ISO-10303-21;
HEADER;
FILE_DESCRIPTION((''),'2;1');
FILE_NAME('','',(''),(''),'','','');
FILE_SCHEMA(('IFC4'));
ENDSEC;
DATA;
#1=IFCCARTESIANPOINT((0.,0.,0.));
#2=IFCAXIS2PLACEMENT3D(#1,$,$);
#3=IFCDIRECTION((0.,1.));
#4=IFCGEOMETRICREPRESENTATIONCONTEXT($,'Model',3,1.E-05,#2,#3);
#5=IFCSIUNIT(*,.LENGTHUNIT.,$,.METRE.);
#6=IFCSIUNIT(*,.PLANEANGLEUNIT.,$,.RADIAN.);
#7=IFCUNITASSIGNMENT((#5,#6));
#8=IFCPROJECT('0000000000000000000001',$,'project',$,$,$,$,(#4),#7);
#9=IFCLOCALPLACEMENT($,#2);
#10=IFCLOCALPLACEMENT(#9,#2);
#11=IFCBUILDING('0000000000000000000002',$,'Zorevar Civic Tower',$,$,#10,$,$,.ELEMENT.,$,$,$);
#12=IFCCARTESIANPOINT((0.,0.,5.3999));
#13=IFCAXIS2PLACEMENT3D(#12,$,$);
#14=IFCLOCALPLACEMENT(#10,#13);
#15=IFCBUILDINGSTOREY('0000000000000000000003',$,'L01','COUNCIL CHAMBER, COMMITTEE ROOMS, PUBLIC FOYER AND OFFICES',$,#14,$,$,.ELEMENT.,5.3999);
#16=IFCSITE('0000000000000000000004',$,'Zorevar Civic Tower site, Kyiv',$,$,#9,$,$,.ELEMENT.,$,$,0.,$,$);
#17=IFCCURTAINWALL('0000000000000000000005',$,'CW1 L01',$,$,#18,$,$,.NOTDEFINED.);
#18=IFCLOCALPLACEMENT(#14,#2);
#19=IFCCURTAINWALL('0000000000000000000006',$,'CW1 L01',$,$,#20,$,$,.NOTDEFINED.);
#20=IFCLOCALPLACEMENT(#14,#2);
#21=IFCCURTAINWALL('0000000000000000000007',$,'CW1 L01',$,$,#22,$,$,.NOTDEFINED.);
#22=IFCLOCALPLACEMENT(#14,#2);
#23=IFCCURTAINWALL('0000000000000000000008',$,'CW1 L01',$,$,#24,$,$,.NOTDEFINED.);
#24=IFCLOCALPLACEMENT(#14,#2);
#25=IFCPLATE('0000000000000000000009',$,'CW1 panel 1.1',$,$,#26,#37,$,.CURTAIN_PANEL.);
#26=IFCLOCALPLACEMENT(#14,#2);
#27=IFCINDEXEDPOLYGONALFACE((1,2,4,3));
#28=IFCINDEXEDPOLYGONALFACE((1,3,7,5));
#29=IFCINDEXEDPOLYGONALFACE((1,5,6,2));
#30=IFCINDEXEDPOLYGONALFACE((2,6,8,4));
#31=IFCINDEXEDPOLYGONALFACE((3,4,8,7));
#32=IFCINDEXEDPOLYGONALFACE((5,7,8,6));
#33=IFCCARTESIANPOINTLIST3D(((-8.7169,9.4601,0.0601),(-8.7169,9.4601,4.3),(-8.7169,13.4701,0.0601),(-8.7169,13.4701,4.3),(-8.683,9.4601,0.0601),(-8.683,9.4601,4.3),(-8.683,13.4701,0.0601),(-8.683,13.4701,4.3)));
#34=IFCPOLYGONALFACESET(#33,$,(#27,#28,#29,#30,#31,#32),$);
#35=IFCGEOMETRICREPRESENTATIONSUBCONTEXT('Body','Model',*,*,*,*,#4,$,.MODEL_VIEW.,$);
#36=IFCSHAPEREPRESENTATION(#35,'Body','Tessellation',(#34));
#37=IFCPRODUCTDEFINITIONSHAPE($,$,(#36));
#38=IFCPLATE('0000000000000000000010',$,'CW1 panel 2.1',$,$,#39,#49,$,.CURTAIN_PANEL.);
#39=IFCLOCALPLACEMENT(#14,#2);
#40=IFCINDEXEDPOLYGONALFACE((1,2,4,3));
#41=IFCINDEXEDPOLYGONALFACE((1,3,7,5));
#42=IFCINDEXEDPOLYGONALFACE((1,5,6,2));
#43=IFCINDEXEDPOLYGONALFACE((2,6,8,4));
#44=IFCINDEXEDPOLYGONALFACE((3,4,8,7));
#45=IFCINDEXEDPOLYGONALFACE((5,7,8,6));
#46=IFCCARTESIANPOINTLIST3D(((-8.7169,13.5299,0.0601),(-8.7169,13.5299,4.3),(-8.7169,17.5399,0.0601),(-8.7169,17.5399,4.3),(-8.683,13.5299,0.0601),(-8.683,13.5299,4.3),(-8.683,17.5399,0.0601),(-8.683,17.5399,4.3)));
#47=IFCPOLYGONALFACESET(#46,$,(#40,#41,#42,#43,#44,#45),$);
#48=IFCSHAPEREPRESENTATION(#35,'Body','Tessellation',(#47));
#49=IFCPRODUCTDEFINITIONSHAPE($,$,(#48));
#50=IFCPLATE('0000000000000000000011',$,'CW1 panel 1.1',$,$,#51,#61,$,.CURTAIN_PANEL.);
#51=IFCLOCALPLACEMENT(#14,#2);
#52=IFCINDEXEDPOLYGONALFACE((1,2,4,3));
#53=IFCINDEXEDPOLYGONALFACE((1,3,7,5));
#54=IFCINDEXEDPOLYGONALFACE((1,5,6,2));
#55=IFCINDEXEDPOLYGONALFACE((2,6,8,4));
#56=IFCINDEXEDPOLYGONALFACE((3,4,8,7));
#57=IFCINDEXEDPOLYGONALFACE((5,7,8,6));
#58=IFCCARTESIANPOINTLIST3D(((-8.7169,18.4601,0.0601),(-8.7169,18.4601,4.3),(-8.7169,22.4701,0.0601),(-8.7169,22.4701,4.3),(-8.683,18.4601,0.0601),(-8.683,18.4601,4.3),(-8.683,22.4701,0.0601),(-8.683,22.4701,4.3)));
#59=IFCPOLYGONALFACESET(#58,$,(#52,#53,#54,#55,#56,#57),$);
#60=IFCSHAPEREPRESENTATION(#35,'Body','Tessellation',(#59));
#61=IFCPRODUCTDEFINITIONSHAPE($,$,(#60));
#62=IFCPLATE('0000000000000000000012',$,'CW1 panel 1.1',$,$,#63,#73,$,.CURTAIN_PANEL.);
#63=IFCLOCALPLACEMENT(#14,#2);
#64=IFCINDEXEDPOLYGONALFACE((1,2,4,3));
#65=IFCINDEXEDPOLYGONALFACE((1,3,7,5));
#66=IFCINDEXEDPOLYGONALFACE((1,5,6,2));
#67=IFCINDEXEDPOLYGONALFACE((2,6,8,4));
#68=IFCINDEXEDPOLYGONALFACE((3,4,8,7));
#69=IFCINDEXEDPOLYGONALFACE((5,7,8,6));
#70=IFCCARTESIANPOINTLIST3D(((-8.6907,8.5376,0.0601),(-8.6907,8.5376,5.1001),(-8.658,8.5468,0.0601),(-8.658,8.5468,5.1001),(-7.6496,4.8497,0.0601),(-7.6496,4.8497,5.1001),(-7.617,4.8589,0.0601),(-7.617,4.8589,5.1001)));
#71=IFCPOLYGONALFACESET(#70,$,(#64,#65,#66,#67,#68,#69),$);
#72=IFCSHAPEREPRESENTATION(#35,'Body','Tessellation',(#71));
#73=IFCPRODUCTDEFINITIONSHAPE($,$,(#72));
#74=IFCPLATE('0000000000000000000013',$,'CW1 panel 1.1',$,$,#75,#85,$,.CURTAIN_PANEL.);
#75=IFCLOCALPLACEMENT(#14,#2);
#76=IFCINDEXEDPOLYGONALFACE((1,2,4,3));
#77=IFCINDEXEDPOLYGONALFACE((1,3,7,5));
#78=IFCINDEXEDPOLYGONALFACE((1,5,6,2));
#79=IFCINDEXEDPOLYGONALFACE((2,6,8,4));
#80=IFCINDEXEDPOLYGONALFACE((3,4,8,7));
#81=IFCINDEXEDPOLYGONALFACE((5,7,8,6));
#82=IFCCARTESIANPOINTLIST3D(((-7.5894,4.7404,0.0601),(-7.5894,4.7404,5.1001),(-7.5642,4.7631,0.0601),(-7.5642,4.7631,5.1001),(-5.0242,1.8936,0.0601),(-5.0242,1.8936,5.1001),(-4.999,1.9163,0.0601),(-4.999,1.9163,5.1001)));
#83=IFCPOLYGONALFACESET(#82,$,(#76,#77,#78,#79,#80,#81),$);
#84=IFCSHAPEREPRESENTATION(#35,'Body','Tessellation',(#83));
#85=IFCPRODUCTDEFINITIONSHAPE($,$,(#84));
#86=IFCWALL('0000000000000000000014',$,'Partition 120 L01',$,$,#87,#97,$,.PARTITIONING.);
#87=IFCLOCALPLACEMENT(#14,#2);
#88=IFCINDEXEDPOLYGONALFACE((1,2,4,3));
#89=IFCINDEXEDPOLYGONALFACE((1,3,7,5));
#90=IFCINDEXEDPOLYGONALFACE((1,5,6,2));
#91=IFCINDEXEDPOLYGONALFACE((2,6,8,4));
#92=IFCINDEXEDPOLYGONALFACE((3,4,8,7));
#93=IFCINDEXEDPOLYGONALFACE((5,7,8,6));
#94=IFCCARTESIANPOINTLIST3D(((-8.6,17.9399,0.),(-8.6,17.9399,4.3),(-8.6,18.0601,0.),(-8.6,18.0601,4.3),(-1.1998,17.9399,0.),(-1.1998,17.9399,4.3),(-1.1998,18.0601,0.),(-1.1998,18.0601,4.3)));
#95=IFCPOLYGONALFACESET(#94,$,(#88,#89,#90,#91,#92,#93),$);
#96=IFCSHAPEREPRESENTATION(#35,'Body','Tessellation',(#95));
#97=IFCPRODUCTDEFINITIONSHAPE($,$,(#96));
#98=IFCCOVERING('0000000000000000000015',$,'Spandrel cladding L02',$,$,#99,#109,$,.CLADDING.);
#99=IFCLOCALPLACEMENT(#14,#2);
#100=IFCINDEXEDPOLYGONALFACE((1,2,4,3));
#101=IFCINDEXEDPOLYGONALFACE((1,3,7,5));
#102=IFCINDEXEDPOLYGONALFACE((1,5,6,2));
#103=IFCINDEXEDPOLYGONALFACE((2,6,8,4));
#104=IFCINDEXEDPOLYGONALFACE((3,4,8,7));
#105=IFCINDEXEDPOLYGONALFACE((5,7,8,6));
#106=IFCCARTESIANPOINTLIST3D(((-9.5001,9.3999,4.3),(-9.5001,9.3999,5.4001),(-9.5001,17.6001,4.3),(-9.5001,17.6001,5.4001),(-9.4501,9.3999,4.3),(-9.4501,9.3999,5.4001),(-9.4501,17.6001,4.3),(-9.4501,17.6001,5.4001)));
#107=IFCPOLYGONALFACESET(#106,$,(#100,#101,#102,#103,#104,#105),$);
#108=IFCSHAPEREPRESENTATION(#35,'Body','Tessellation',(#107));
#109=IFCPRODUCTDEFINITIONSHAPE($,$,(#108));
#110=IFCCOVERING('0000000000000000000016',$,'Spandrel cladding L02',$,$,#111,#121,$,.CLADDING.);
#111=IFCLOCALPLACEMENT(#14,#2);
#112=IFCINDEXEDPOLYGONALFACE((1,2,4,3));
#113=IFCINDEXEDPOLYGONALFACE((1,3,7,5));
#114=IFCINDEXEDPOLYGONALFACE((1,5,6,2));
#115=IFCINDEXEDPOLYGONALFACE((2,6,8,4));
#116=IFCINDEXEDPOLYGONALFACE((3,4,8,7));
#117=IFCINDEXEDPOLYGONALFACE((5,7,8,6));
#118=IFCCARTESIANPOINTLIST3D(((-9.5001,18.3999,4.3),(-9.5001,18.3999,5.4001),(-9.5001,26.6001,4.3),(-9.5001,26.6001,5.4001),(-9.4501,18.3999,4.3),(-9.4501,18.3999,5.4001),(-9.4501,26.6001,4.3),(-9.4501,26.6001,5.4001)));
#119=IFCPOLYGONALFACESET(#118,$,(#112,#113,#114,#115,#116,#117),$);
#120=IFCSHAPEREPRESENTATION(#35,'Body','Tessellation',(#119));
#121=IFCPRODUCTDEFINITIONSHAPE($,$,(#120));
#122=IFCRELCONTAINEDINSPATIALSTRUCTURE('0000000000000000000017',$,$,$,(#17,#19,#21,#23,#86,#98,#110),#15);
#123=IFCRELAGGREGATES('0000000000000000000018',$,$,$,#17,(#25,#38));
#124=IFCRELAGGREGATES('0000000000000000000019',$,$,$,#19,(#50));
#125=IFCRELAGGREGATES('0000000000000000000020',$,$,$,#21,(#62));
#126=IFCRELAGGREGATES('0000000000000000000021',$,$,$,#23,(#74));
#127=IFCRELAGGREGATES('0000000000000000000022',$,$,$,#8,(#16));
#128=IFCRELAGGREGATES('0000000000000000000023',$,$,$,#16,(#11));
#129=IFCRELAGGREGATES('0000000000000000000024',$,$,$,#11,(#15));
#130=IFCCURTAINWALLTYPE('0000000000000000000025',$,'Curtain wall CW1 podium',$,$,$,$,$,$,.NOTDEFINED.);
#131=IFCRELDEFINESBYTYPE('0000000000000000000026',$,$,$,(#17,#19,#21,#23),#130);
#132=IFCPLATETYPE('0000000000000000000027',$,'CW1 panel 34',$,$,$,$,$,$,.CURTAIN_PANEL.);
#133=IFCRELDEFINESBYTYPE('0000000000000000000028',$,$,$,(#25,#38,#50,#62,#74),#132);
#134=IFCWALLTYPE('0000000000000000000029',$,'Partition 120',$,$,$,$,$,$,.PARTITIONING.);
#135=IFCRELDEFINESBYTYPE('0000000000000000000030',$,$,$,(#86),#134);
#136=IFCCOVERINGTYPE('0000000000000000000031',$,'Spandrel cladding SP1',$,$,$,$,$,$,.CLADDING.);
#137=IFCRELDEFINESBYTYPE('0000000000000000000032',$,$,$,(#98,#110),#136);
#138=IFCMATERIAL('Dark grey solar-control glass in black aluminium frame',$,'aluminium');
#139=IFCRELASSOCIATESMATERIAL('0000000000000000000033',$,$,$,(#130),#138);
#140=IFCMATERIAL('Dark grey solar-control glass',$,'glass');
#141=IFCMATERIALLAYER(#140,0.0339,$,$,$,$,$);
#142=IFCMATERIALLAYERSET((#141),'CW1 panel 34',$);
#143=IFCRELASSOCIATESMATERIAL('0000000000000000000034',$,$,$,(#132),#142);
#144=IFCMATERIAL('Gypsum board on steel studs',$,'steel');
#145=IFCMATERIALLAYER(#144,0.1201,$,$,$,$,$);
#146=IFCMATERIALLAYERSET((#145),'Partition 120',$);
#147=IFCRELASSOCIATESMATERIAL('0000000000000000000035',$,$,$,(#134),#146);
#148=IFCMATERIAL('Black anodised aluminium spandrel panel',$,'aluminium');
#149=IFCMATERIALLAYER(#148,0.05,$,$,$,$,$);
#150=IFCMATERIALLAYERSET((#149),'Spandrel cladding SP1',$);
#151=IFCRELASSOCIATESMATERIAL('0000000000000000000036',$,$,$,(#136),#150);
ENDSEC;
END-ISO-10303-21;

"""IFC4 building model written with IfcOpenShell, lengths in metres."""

from ifc_helpers import new_model, si_unit, direction, frame, frame_2d, origin, origin_2d, place, context, subcontext, project, spatial, rectangle, extrude, material, layer, layer_set, type_object, element, aggregate, save


model = new_model("IFC4")

# Units and contexts
model_context = context("Model", 3, precision=1e-05, world=origin(), true_north=direction((0.0, 1.0)))
body_context = subcontext(model_context, "Body", "Model", "MODEL_VIEW")
ifc_project = project(units=[si_unit("LENGTHUNIT", "METRE"), si_unit("PLANEANGLEUNIT", "RADIAN")], contexts=[model_context])

# Site, building, storey
site_placement = place(None, origin())
site = spatial("IfcSite", under=ifc_project, at=site_placement, Name="Zorevar Civic Tower site, Kyiv", CompositionType="ELEMENT", RefElevation=0.0)
building_placement = place(site_placement, origin())
building = spatial("IfcBuilding", under=site, at=building_placement, Name="Zorevar Civic Tower", CompositionType="ELEMENT")
storey_placement = place(building_placement, frame((0.0, 0.0, 5.3999)))
storey = spatial("IfcBuildingStorey", under=building, at=storey_placement, Name="L01", Description="COUNCIL CHAMBER, COMMITTEE ROOMS, PUBLIC FOYER AND OFFICES", CompositionType="ELEMENT", Elevation=5.3999)

# Curtain wall
ifc_material_1 = material(Name="Dark grey solar-control glass in black aluminium frame", Category="aluminium")
curtain_wall_type = type_object("IfcCurtainWallType", Name="Curtain wall CW1 podium", PredefinedType="NOTDEFINED", material=ifc_material_1)
curtain_wall_1_placement = place(storey_placement, origin())
curtain_wall_1 = element("IfcCurtainWall", 1, at=curtain_wall_1_placement, inside=storey, type_object=curtain_wall_type, Name="CW1 L01", PredefinedType="NOTDEFINED")

# Curtain wall
curtain_wall_2_placement = place(storey_placement, origin())
curtain_wall_2 = element("IfcCurtainWall", 2, at=curtain_wall_2_placement, inside=storey, type_object=curtain_wall_type, Name="CW1 L01", PredefinedType="NOTDEFINED")

# Curtain walls
curtain_wall_3_placement = place(storey_placement, origin())
curtain_wall_3 = element("IfcCurtainWall", 3, at=curtain_wall_3_placement, inside=storey, type_object=curtain_wall_type, Name="CW1 L01", PredefinedType="NOTDEFINED")
curtain_wall_4_placement = place(storey_placement, origin())
curtain_wall_4 = element("IfcCurtainWall", 4, at=curtain_wall_4_placement, inside=storey, type_object=curtain_wall_type, Name="CW1 L01", PredefinedType="NOTDEFINED")

# Plates
ifc_material_2 = material(Name="Dark grey solar-control glass", Category="glass")
ifc_layer_1 = layer(ifc_material_2, 0.0339)
ifc_layer_set_1 = layer_set([ifc_layer_1], Name="CW1 panel 34")
plate_type = type_object("IfcPlateType", Name="CW1 panel 34", PredefinedType="CURTAIN_PANEL", material=ifc_layer_set_1)
plate_1_placement = place(storey_placement, frame((-8.7, 11.4651, 0.0601), z_axis=(0.0, 0.0, 1.0), x_axis=(0.0, 1.0, 0.0)))
plate_1 = element("IfcPlate", 5, at=plate_1_placement, type_object=plate_type, Name="CW1 panel 1.1", PredefinedType="CURTAIN_PANEL", context=body_context, shape_type="SweptSolid", body=[
    extrude(rectangle(XDim=4.01, YDim=0.0339, at=origin_2d()), origin(), (0.0, 0.0, 1.0), 4.24),
])
plate_2_placement = place(storey_placement, frame((-8.7, 15.5349, 0.0601), z_axis=(0.0, 0.0, 1.0), x_axis=(0.0, 1.0, 0.0)))
plate_2 = element("IfcPlate", 6, at=plate_2_placement, type_object=plate_type, Name="CW1 panel 2.1", PredefinedType="CURTAIN_PANEL", context=body_context, shape_type="SweptSolid", body=[
    extrude(rectangle(XDim=4.01, YDim=0.0339, at=origin_2d()), origin(), (0.0, 0.0, 1.0), 4.24),
])
aggregate(curtain_wall_1, [plate_1, plate_2])
plate_3_placement = place(storey_placement, frame((-8.7, 20.4651, 0.0601), z_axis=(0.0, 0.0, 1.0), x_axis=(0.0, 1.0, 0.0)))
plate_3 = element("IfcPlate", 7, at=plate_3_placement, type_object=plate_type, Name="CW1 panel 1.1", PredefinedType="CURTAIN_PANEL", context=body_context, shape_type="SweptSolid", body=[
    extrude(rectangle(XDim=4.01, YDim=0.0339, at=origin_2d()), origin(), (0.0, 0.0, 1.0), 4.24),
])
aggregate(curtain_wall_2, [plate_3])
plate_4_placement = place(storey_placement, frame((-8.1538, 6.6982, 0.0601), z_axis=(0.0, 0.0, 1.0), x_axis=(0.271669, -0.962391, 0.0)))
plate_4 = element("IfcPlate", 8, at=plate_4_placement, type_object=plate_type, Name="CW1 panel 1.1", PredefinedType="CURTAIN_PANEL", context=body_context, shape_type="SweptSolid", body=[
    extrude(rectangle(XDim=3.832, YDim=0.0339, at=origin_2d()), origin(), (0.0, 0.0, 1.0), 5.04),
])
aggregate(curtain_wall_3, [plate_4])
plate_5_placement = place(storey_placement, frame((-6.2942, 3.3284, 0.0601), z_axis=(0.0, 0.0, 1.0), x_axis=(0.669403, -0.7429, 0.0)))
plate_5 = element("IfcPlate", 9, at=plate_5_placement, type_object=plate_type, Name="CW1 panel 1.1", PredefinedType="CURTAIN_PANEL", context=body_context, shape_type="SweptSolid", body=[
    extrude(rectangle(XDim=3.832, YDim=0.0339, at=origin_2d()), origin(), (0.0, 0.0, 1.0), 5.04),
])
aggregate(curtain_wall_4, [plate_5])

# Wall
ifc_material_3 = material(Name="Gypsum board on steel studs", Category="steel")
ifc_layer_2 = layer(ifc_material_3, 0.1201)
ifc_layer_set_2 = layer_set([ifc_layer_2], Name="Partition 120")
wall_type = type_object("IfcWallType", Name="Partition 120", PredefinedType="PARTITIONING", material=ifc_layer_set_2)
wall_placement = place(storey_placement, frame((-8.6001, 18.0, 0.0), z_axis=(0.0, 0.0, 1.0), x_axis=(1.0, 0.0, 0.0)))
element("IfcWall", 10, at=wall_placement, inside=storey, type_object=wall_type, Name="Partition 120 L01", PredefinedType="PARTITIONING", context=body_context, shape_type="SweptSolid", body=[
    extrude(rectangle(XDim=7.4001, YDim=0.1201, at=frame_2d((3.7002, 0.0))), origin(), (0.0, 0.0, 1.0), 4.3),
])

# Coverings
ifc_material_4 = material(Name="Black anodised aluminium spandrel panel", Category="aluminium")
ifc_layer_3 = layer(ifc_material_4, 0.05)
ifc_layer_set_3 = layer_set([ifc_layer_3], Name="Spandrel cladding SP1")
covering_type = type_object("IfcCoveringType", Name="Spandrel cladding SP1", PredefinedType="CLADDING", material=ifc_layer_set_3)
for number, where, z_axis, x_axis, name in (
    (11, (-9.4751, 9.3999, 4.3), (0.0, 0.0, 1.0), (0.0, 1.0, 0.0), "Spandrel cladding L02"),
    (12, (-9.4751, 18.3999, 4.3), (0.0, 0.0, 1.0), (0.0, 1.0, 0.0), "Spandrel cladding L02"),
):
    element("IfcCovering", number, at=place(storey_placement, frame(where, z_axis=z_axis, x_axis=x_axis)), inside=storey, type_object=covering_type, Name=name, PredefinedType="CLADDING", context=body_context, shape_type="SweptSolid", body=[
        extrude(rectangle(XDim=8.2002, YDim=0.05, at=frame_2d((4.1001, 0.0))), origin(), (0.0, 0.0, 1.0), 1.1001),
    ])

save(model, "model.ifc")
